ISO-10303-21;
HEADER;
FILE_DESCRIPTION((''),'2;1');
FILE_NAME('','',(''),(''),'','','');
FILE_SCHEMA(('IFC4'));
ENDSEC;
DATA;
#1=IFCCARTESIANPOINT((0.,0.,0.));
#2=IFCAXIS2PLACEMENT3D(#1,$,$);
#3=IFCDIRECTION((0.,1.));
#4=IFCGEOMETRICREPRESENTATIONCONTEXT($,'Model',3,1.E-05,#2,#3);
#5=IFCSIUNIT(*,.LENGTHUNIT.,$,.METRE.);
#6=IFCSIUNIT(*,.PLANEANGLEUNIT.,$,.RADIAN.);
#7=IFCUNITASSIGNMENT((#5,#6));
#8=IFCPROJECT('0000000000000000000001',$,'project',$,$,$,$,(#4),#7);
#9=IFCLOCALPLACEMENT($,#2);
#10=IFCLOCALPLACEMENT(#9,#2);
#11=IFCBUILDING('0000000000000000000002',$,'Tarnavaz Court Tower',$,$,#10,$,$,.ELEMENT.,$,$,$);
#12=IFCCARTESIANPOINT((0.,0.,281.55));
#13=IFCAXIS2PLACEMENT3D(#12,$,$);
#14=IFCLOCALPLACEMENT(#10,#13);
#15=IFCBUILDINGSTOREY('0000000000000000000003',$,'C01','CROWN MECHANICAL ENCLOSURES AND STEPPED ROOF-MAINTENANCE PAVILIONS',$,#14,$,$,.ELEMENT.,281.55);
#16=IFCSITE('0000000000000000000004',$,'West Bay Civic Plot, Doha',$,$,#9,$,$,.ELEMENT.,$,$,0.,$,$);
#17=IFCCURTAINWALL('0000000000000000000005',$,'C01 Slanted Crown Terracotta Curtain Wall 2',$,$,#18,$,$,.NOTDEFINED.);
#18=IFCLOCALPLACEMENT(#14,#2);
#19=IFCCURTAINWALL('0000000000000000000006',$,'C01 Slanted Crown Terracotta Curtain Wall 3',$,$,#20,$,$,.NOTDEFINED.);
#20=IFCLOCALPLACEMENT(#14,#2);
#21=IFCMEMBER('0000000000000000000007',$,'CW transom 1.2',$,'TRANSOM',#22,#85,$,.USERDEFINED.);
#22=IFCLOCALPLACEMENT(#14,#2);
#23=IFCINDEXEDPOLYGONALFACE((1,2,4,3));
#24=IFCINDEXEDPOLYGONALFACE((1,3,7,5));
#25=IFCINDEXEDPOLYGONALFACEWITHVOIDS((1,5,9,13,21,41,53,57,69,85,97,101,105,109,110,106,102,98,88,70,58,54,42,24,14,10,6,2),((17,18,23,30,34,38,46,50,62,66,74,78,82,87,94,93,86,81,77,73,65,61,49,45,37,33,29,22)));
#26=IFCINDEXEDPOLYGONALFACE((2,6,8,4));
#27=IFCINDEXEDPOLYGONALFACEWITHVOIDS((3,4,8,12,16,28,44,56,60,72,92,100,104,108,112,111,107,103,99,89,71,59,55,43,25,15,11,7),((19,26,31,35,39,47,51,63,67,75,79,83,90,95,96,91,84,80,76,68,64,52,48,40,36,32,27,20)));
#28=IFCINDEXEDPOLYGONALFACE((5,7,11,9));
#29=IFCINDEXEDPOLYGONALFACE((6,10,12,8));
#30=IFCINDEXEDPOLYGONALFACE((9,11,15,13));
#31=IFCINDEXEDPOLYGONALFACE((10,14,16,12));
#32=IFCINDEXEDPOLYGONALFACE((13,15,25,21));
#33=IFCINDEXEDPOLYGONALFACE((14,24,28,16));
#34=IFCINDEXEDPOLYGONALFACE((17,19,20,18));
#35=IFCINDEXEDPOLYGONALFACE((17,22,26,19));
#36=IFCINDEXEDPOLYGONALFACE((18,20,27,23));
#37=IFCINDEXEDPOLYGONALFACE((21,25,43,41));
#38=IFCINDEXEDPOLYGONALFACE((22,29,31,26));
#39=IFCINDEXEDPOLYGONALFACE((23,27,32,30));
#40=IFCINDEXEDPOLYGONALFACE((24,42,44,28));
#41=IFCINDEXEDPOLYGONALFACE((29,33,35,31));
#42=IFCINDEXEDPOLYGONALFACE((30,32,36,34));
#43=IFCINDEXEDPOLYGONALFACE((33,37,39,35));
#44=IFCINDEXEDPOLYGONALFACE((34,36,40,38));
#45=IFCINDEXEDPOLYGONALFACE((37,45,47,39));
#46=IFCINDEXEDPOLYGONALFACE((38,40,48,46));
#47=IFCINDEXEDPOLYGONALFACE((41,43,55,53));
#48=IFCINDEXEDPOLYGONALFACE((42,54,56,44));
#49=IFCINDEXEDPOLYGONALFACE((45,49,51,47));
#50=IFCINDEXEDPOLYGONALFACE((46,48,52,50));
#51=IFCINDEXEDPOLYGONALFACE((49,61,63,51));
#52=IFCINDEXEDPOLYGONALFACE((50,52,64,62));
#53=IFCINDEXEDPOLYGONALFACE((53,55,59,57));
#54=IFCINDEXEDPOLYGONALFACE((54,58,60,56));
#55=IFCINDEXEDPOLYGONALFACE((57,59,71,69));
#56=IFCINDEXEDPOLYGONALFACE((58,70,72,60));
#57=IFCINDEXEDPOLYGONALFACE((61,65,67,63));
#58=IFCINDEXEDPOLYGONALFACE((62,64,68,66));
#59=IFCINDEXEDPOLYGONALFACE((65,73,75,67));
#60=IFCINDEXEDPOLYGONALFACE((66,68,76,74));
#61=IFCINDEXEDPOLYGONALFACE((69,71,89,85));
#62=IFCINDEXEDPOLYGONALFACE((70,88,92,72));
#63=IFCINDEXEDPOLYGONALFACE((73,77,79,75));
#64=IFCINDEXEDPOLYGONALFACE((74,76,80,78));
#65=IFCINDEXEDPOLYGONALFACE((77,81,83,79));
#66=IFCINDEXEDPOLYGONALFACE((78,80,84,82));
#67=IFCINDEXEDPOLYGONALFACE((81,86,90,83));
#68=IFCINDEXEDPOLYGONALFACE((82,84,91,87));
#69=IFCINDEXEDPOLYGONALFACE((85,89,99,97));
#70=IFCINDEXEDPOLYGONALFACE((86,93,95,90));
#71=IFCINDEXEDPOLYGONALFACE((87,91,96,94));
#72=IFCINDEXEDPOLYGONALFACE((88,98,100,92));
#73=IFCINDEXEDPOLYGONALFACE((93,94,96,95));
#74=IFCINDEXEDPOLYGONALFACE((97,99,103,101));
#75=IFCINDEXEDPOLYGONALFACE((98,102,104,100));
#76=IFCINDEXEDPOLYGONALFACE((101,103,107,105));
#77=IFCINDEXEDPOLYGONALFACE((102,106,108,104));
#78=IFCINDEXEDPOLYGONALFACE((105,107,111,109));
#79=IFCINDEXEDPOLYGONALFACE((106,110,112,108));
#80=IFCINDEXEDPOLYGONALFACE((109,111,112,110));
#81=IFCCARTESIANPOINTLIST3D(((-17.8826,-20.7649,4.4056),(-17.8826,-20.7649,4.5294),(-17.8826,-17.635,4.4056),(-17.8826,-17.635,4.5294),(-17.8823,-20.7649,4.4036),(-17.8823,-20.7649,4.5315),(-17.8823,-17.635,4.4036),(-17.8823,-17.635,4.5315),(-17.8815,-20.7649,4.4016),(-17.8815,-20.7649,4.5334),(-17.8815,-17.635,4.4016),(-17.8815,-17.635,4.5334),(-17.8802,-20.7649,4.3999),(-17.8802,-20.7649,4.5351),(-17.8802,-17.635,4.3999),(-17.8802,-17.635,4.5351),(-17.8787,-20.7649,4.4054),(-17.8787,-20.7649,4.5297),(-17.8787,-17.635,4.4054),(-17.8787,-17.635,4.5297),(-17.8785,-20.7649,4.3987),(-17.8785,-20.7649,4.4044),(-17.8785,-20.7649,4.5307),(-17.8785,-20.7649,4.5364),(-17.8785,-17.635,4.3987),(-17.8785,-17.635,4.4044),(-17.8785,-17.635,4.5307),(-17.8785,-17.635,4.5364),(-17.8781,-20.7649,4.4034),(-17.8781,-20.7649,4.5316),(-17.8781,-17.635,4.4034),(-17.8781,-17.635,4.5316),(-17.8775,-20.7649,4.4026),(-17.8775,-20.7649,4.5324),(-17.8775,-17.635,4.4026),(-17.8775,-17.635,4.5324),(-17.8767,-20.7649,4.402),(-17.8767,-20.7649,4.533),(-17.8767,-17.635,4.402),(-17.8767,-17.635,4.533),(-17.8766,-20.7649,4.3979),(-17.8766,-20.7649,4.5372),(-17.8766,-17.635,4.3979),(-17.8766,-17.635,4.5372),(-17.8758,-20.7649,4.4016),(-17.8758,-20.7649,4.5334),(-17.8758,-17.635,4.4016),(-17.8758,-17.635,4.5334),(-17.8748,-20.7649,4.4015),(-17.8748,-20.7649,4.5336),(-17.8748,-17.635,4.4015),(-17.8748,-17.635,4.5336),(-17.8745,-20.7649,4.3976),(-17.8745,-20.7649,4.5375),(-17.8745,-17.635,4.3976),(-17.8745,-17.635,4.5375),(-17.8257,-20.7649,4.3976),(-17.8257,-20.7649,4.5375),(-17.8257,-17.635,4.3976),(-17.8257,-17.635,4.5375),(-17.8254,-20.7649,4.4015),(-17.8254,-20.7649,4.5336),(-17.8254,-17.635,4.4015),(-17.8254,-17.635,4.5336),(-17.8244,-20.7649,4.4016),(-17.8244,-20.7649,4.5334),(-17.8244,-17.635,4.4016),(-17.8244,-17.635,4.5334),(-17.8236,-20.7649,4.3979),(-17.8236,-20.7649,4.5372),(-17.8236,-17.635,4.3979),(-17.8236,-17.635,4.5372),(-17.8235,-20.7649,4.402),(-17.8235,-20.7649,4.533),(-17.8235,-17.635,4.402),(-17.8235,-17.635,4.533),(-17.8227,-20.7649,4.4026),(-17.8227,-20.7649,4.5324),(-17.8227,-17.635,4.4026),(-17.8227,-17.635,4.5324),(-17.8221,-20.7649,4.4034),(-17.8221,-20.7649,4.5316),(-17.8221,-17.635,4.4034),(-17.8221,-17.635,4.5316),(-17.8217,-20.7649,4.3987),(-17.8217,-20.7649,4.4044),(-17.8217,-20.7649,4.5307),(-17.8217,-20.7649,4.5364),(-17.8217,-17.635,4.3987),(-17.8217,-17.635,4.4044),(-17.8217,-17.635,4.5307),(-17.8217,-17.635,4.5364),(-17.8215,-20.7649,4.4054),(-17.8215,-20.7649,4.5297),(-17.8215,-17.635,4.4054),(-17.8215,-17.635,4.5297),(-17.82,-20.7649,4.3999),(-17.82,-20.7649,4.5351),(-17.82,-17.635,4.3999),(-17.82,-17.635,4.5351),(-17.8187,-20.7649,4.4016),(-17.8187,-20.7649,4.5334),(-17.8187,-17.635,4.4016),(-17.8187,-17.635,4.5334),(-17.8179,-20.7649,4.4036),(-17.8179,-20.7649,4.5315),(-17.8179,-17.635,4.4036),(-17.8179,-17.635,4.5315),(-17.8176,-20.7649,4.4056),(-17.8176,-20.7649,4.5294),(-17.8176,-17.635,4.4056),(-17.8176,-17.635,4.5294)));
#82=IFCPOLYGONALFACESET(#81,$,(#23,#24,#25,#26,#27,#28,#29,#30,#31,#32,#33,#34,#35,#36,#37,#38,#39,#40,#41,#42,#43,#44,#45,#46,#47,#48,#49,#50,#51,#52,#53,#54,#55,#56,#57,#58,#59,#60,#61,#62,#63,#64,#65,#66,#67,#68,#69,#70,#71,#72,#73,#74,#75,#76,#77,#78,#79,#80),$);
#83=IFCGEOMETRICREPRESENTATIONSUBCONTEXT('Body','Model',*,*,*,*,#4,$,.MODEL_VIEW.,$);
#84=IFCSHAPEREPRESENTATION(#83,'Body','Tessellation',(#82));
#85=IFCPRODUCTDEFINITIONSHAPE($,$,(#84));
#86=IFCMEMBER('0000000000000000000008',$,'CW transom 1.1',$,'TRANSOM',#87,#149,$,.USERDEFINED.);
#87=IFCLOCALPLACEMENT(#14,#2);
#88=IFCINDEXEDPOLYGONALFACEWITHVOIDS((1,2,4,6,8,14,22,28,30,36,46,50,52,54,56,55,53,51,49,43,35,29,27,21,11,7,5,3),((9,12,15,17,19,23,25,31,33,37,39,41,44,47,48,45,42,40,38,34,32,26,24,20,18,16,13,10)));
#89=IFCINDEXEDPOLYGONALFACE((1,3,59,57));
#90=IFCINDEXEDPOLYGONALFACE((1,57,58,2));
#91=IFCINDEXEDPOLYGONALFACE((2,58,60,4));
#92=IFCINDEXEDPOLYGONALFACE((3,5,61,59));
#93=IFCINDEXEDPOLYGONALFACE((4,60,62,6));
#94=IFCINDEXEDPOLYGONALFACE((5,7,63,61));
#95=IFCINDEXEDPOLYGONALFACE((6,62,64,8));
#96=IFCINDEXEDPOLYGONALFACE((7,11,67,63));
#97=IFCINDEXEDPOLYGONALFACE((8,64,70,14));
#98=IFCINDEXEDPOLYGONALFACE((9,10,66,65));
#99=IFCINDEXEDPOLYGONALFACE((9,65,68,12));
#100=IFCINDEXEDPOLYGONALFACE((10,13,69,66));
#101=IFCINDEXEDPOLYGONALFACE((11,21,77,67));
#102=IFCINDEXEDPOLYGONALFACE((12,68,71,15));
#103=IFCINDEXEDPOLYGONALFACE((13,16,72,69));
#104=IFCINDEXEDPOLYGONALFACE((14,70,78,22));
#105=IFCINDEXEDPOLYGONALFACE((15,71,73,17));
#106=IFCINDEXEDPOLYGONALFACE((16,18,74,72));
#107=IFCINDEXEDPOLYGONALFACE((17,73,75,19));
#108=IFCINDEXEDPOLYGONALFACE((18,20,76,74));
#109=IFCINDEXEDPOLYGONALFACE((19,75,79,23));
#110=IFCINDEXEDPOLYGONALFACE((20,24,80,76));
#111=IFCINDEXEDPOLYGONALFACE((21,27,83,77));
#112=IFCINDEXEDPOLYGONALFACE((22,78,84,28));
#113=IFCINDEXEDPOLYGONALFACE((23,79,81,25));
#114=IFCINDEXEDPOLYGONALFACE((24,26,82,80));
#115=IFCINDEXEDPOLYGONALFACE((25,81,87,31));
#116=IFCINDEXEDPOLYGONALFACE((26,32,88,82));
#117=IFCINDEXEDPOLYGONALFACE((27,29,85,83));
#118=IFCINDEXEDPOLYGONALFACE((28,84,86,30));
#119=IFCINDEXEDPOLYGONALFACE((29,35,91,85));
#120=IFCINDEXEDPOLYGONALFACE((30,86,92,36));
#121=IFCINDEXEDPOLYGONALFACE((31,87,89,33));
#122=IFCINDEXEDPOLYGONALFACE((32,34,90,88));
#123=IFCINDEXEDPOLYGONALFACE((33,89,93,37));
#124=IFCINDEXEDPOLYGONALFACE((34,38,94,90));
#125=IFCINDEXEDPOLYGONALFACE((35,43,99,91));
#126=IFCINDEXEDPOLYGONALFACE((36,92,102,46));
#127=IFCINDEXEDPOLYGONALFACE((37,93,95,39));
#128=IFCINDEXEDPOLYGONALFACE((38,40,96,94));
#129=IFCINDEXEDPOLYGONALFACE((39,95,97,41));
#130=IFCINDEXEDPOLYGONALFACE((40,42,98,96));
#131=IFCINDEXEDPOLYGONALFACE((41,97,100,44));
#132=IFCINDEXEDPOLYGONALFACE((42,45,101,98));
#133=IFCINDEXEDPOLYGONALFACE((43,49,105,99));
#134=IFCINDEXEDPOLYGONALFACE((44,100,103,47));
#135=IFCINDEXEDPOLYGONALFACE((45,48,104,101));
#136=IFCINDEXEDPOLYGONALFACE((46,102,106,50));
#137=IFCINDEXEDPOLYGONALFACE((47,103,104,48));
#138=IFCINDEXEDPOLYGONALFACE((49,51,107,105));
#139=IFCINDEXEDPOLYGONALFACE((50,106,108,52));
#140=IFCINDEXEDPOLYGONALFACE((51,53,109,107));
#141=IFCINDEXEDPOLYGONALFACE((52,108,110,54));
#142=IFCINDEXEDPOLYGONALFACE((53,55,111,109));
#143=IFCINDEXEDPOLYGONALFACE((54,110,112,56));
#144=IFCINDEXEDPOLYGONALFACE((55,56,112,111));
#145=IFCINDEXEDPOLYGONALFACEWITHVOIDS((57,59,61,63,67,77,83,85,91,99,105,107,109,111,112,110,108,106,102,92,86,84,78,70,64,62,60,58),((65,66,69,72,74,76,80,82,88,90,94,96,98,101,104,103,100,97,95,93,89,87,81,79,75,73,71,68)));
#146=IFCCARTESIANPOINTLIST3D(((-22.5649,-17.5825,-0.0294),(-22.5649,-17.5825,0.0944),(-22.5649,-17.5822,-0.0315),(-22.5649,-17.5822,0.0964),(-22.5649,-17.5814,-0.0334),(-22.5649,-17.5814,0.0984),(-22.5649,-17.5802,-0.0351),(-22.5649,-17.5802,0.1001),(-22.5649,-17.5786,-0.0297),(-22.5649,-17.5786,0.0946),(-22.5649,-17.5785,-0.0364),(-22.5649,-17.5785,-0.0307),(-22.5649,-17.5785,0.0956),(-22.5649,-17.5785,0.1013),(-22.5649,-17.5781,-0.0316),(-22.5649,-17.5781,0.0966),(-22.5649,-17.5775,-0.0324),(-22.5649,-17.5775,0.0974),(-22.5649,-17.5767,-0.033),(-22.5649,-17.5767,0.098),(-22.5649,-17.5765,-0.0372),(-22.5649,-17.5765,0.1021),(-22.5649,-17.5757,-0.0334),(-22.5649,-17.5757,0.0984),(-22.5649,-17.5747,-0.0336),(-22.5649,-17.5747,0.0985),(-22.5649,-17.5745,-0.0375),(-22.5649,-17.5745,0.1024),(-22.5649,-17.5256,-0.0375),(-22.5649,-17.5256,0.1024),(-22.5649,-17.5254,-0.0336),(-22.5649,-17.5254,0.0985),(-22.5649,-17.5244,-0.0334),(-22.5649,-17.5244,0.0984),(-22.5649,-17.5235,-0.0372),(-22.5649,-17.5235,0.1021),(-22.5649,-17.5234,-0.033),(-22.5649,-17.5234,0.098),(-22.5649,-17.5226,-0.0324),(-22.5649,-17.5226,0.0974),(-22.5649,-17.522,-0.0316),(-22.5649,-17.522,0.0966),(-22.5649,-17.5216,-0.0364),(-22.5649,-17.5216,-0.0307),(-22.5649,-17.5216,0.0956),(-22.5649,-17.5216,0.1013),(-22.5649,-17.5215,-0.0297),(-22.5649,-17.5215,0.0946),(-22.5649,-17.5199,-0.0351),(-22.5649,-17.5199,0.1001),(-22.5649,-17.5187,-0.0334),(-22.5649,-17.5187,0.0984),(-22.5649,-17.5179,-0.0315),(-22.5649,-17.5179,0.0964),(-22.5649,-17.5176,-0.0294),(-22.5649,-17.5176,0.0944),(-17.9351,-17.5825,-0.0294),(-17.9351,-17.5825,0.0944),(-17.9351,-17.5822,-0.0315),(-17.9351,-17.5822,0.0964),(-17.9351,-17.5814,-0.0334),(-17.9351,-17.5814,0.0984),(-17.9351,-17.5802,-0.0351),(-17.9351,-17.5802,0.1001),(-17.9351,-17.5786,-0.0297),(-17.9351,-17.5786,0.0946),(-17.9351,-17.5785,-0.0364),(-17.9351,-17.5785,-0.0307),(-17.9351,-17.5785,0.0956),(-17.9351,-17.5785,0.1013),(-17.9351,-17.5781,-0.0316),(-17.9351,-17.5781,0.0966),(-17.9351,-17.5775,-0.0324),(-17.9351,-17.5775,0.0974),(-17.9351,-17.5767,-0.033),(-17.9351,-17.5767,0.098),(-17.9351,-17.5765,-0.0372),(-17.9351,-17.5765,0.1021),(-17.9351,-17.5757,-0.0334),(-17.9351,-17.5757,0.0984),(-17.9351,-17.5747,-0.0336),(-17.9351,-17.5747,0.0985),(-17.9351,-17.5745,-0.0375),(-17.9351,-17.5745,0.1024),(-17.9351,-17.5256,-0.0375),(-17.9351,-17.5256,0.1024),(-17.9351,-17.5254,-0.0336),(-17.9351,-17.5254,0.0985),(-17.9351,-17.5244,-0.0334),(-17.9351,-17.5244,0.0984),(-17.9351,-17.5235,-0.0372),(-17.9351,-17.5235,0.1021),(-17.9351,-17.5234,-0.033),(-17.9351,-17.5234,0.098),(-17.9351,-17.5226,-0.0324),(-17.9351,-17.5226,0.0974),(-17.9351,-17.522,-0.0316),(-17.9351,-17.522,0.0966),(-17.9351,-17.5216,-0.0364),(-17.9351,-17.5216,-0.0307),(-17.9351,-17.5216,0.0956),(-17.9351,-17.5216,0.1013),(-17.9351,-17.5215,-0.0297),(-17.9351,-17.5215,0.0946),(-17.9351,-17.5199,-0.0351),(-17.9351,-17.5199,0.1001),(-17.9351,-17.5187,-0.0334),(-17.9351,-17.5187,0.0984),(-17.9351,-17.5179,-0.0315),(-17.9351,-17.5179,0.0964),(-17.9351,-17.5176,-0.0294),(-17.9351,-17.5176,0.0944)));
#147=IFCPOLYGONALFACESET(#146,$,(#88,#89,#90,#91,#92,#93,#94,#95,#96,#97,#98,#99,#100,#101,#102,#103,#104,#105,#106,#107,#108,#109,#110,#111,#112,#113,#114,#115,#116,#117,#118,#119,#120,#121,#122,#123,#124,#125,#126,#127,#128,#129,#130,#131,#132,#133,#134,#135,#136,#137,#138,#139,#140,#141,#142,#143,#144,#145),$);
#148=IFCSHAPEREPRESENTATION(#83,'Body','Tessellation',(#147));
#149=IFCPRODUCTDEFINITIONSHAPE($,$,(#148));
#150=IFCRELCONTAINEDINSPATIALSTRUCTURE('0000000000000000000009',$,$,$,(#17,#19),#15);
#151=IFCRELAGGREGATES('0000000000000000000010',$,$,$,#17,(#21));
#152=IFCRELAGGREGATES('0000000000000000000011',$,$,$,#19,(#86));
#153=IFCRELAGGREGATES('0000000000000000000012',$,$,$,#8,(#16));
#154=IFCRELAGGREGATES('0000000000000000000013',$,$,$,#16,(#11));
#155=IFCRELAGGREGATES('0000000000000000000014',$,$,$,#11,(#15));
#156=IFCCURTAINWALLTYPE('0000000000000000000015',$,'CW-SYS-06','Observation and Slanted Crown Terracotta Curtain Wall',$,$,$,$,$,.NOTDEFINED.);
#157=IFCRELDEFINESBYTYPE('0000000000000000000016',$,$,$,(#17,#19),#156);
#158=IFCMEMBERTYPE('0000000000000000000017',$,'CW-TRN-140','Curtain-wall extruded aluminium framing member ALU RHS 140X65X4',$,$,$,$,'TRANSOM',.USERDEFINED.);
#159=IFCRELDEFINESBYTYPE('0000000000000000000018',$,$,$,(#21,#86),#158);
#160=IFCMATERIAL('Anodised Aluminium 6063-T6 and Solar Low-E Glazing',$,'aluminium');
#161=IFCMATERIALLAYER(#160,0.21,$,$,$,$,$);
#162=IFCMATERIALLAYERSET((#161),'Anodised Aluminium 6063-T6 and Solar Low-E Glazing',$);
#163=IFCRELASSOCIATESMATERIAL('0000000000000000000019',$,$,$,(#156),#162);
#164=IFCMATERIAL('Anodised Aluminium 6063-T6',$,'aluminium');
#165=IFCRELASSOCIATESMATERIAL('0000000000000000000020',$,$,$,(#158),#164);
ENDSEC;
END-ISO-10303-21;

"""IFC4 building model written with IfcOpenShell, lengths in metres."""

from ifc_helpers import new_model, si_unit, direction, frame, origin, origin_2d, place, context, subcontext, project, spatial, hollow_rectangle, extrude, material, layer, layer_set, material_profile, profile_set, type_object, element, aggregate, save


model = new_model("IFC4")

# Units and contexts
model_context = context("Model", 3, precision=1e-05, world=origin(), true_north=direction((0.0, 1.0)))
body_context = subcontext(model_context, "Body", "Model", "MODEL_VIEW")
ifc_project = project(units=[si_unit("LENGTHUNIT", "METRE"), si_unit("PLANEANGLEUNIT", "RADIAN")], contexts=[model_context])

# Site, building, storey
site_placement = place(None, origin())
site = spatial("IfcSite", under=ifc_project, at=site_placement, Name="West Bay Civic Plot, Doha", CompositionType="ELEMENT", RefElevation=0.0)
building_placement = place(site_placement, origin())
building = spatial("IfcBuilding", under=site, at=building_placement, Name="Tarnavaz Court Tower", CompositionType="ELEMENT")
storey_placement = place(building_placement, frame((0.0, 0.0, 281.55)))
storey = spatial("IfcBuildingStorey", under=building, at=storey_placement, Name="C01", Description="CROWN MECHANICAL ENCLOSURES AND STEPPED ROOF-MAINTENANCE PAVILIONS", CompositionType="ELEMENT", Elevation=281.55)

# Curtain walls
ifc_material_1 = material(Name="Anodised Aluminium 6063-T6 and Solar Low-E Glazing", Category="aluminium")
ifc_layer_1 = layer(ifc_material_1, 0.21)
ifc_layer_set_1 = layer_set([ifc_layer_1], Name="Anodised Aluminium 6063-T6 and Solar Low-E Glazing")
curtain_wall_type = type_object("IfcCurtainWallType", Name="CW-SYS-06", Description="Observation and Slanted Crown Terracotta Curtain Wall", PredefinedType="NOTDEFINED", material=ifc_layer_set_1)
ifc_material_2 = material(Name="Anodised Aluminium 6063-T6", Category="aluminium")
curtain_wall_1_placement = place(storey_placement, origin())
curtain_wall_1 = element("IfcCurtainWall", 1, at=curtain_wall_1_placement, inside=storey, type_object=curtain_wall_type, Name="C01 Slanted Crown Terracotta Curtain Wall 2", PredefinedType="NOTDEFINED")
curtain_wall_2_placement = place(storey_placement, origin())
curtain_wall_2 = element("IfcCurtainWall", 2, at=curtain_wall_2_placement, inside=storey, type_object=curtain_wall_type, Name="C01 Slanted Crown Terracotta Curtain Wall 3", PredefinedType="NOTDEFINED")

# Members
ifc_material_profile_1 = material_profile(ifc_material_2, hollow_rectangle(XDim=0.0649, YDim=0.1399, WallThickness=0.0039, InnerFilletRadius=0.0039, OuterFilletRadius=0.0081, at=origin_2d()), Name="ALU RHS 140X65X4")
ifc_profile_set_1 = profile_set([ifc_material_profile_1], Name="Anodised Aluminium 6063-T6")
member_type_1 = type_object("IfcMemberType", Name="CW-TRN-140", Description="Curtain-wall extruded aluminium framing member ALU RHS 140X65X4", ElementType="TRANSOM", PredefinedType="USERDEFINED", material=ifc_profile_set_1)
member_1_placement = place(storey_placement, frame((-17.8501, -20.7649, 4.4675), z_axis=(0.0, 1.0, 0.0), x_axis=(-1.0, 0.0, 0.0)))
member_1 = element("IfcMember", 3, at=member_1_placement, type_object=member_type_1, Name="CW transom 1.2", ObjectType="TRANSOM", PredefinedType="USERDEFINED", context=body_context, shape_type="SweptSolid", body=[
    extrude(hollow_rectangle(XDim=0.0649, YDim=0.1399, WallThickness=0.0039, InnerFilletRadius=0.0039, OuterFilletRadius=0.0081, at=origin_2d()), origin(), (0.0, 0.0, 1.0), 3.1299),
])
member_2_placement = place(storey_placement, frame((-17.9351, -17.55, 0.0325), z_axis=(-1.0, 0.0, 0.0), x_axis=(0.0, -1.0, 0.0)))
member_2 = element("IfcMember", 4, at=member_2_placement, type_object=member_type_1, Name="CW transom 1.1", ObjectType="TRANSOM", PredefinedType="USERDEFINED", context=body_context, shape_type="SweptSolid", body=[
    extrude(hollow_rectangle(XDim=0.0649, YDim=0.1399, WallThickness=0.0039, InnerFilletRadius=0.0039, OuterFilletRadius=0.0081, at=origin_2d()), origin(), (0.0, 0.0, 1.0), 4.6299),
])

aggregate(curtain_wall_1, [member_1])
aggregate(curtain_wall_2, [member_2])

save(model, "model.ifc")
